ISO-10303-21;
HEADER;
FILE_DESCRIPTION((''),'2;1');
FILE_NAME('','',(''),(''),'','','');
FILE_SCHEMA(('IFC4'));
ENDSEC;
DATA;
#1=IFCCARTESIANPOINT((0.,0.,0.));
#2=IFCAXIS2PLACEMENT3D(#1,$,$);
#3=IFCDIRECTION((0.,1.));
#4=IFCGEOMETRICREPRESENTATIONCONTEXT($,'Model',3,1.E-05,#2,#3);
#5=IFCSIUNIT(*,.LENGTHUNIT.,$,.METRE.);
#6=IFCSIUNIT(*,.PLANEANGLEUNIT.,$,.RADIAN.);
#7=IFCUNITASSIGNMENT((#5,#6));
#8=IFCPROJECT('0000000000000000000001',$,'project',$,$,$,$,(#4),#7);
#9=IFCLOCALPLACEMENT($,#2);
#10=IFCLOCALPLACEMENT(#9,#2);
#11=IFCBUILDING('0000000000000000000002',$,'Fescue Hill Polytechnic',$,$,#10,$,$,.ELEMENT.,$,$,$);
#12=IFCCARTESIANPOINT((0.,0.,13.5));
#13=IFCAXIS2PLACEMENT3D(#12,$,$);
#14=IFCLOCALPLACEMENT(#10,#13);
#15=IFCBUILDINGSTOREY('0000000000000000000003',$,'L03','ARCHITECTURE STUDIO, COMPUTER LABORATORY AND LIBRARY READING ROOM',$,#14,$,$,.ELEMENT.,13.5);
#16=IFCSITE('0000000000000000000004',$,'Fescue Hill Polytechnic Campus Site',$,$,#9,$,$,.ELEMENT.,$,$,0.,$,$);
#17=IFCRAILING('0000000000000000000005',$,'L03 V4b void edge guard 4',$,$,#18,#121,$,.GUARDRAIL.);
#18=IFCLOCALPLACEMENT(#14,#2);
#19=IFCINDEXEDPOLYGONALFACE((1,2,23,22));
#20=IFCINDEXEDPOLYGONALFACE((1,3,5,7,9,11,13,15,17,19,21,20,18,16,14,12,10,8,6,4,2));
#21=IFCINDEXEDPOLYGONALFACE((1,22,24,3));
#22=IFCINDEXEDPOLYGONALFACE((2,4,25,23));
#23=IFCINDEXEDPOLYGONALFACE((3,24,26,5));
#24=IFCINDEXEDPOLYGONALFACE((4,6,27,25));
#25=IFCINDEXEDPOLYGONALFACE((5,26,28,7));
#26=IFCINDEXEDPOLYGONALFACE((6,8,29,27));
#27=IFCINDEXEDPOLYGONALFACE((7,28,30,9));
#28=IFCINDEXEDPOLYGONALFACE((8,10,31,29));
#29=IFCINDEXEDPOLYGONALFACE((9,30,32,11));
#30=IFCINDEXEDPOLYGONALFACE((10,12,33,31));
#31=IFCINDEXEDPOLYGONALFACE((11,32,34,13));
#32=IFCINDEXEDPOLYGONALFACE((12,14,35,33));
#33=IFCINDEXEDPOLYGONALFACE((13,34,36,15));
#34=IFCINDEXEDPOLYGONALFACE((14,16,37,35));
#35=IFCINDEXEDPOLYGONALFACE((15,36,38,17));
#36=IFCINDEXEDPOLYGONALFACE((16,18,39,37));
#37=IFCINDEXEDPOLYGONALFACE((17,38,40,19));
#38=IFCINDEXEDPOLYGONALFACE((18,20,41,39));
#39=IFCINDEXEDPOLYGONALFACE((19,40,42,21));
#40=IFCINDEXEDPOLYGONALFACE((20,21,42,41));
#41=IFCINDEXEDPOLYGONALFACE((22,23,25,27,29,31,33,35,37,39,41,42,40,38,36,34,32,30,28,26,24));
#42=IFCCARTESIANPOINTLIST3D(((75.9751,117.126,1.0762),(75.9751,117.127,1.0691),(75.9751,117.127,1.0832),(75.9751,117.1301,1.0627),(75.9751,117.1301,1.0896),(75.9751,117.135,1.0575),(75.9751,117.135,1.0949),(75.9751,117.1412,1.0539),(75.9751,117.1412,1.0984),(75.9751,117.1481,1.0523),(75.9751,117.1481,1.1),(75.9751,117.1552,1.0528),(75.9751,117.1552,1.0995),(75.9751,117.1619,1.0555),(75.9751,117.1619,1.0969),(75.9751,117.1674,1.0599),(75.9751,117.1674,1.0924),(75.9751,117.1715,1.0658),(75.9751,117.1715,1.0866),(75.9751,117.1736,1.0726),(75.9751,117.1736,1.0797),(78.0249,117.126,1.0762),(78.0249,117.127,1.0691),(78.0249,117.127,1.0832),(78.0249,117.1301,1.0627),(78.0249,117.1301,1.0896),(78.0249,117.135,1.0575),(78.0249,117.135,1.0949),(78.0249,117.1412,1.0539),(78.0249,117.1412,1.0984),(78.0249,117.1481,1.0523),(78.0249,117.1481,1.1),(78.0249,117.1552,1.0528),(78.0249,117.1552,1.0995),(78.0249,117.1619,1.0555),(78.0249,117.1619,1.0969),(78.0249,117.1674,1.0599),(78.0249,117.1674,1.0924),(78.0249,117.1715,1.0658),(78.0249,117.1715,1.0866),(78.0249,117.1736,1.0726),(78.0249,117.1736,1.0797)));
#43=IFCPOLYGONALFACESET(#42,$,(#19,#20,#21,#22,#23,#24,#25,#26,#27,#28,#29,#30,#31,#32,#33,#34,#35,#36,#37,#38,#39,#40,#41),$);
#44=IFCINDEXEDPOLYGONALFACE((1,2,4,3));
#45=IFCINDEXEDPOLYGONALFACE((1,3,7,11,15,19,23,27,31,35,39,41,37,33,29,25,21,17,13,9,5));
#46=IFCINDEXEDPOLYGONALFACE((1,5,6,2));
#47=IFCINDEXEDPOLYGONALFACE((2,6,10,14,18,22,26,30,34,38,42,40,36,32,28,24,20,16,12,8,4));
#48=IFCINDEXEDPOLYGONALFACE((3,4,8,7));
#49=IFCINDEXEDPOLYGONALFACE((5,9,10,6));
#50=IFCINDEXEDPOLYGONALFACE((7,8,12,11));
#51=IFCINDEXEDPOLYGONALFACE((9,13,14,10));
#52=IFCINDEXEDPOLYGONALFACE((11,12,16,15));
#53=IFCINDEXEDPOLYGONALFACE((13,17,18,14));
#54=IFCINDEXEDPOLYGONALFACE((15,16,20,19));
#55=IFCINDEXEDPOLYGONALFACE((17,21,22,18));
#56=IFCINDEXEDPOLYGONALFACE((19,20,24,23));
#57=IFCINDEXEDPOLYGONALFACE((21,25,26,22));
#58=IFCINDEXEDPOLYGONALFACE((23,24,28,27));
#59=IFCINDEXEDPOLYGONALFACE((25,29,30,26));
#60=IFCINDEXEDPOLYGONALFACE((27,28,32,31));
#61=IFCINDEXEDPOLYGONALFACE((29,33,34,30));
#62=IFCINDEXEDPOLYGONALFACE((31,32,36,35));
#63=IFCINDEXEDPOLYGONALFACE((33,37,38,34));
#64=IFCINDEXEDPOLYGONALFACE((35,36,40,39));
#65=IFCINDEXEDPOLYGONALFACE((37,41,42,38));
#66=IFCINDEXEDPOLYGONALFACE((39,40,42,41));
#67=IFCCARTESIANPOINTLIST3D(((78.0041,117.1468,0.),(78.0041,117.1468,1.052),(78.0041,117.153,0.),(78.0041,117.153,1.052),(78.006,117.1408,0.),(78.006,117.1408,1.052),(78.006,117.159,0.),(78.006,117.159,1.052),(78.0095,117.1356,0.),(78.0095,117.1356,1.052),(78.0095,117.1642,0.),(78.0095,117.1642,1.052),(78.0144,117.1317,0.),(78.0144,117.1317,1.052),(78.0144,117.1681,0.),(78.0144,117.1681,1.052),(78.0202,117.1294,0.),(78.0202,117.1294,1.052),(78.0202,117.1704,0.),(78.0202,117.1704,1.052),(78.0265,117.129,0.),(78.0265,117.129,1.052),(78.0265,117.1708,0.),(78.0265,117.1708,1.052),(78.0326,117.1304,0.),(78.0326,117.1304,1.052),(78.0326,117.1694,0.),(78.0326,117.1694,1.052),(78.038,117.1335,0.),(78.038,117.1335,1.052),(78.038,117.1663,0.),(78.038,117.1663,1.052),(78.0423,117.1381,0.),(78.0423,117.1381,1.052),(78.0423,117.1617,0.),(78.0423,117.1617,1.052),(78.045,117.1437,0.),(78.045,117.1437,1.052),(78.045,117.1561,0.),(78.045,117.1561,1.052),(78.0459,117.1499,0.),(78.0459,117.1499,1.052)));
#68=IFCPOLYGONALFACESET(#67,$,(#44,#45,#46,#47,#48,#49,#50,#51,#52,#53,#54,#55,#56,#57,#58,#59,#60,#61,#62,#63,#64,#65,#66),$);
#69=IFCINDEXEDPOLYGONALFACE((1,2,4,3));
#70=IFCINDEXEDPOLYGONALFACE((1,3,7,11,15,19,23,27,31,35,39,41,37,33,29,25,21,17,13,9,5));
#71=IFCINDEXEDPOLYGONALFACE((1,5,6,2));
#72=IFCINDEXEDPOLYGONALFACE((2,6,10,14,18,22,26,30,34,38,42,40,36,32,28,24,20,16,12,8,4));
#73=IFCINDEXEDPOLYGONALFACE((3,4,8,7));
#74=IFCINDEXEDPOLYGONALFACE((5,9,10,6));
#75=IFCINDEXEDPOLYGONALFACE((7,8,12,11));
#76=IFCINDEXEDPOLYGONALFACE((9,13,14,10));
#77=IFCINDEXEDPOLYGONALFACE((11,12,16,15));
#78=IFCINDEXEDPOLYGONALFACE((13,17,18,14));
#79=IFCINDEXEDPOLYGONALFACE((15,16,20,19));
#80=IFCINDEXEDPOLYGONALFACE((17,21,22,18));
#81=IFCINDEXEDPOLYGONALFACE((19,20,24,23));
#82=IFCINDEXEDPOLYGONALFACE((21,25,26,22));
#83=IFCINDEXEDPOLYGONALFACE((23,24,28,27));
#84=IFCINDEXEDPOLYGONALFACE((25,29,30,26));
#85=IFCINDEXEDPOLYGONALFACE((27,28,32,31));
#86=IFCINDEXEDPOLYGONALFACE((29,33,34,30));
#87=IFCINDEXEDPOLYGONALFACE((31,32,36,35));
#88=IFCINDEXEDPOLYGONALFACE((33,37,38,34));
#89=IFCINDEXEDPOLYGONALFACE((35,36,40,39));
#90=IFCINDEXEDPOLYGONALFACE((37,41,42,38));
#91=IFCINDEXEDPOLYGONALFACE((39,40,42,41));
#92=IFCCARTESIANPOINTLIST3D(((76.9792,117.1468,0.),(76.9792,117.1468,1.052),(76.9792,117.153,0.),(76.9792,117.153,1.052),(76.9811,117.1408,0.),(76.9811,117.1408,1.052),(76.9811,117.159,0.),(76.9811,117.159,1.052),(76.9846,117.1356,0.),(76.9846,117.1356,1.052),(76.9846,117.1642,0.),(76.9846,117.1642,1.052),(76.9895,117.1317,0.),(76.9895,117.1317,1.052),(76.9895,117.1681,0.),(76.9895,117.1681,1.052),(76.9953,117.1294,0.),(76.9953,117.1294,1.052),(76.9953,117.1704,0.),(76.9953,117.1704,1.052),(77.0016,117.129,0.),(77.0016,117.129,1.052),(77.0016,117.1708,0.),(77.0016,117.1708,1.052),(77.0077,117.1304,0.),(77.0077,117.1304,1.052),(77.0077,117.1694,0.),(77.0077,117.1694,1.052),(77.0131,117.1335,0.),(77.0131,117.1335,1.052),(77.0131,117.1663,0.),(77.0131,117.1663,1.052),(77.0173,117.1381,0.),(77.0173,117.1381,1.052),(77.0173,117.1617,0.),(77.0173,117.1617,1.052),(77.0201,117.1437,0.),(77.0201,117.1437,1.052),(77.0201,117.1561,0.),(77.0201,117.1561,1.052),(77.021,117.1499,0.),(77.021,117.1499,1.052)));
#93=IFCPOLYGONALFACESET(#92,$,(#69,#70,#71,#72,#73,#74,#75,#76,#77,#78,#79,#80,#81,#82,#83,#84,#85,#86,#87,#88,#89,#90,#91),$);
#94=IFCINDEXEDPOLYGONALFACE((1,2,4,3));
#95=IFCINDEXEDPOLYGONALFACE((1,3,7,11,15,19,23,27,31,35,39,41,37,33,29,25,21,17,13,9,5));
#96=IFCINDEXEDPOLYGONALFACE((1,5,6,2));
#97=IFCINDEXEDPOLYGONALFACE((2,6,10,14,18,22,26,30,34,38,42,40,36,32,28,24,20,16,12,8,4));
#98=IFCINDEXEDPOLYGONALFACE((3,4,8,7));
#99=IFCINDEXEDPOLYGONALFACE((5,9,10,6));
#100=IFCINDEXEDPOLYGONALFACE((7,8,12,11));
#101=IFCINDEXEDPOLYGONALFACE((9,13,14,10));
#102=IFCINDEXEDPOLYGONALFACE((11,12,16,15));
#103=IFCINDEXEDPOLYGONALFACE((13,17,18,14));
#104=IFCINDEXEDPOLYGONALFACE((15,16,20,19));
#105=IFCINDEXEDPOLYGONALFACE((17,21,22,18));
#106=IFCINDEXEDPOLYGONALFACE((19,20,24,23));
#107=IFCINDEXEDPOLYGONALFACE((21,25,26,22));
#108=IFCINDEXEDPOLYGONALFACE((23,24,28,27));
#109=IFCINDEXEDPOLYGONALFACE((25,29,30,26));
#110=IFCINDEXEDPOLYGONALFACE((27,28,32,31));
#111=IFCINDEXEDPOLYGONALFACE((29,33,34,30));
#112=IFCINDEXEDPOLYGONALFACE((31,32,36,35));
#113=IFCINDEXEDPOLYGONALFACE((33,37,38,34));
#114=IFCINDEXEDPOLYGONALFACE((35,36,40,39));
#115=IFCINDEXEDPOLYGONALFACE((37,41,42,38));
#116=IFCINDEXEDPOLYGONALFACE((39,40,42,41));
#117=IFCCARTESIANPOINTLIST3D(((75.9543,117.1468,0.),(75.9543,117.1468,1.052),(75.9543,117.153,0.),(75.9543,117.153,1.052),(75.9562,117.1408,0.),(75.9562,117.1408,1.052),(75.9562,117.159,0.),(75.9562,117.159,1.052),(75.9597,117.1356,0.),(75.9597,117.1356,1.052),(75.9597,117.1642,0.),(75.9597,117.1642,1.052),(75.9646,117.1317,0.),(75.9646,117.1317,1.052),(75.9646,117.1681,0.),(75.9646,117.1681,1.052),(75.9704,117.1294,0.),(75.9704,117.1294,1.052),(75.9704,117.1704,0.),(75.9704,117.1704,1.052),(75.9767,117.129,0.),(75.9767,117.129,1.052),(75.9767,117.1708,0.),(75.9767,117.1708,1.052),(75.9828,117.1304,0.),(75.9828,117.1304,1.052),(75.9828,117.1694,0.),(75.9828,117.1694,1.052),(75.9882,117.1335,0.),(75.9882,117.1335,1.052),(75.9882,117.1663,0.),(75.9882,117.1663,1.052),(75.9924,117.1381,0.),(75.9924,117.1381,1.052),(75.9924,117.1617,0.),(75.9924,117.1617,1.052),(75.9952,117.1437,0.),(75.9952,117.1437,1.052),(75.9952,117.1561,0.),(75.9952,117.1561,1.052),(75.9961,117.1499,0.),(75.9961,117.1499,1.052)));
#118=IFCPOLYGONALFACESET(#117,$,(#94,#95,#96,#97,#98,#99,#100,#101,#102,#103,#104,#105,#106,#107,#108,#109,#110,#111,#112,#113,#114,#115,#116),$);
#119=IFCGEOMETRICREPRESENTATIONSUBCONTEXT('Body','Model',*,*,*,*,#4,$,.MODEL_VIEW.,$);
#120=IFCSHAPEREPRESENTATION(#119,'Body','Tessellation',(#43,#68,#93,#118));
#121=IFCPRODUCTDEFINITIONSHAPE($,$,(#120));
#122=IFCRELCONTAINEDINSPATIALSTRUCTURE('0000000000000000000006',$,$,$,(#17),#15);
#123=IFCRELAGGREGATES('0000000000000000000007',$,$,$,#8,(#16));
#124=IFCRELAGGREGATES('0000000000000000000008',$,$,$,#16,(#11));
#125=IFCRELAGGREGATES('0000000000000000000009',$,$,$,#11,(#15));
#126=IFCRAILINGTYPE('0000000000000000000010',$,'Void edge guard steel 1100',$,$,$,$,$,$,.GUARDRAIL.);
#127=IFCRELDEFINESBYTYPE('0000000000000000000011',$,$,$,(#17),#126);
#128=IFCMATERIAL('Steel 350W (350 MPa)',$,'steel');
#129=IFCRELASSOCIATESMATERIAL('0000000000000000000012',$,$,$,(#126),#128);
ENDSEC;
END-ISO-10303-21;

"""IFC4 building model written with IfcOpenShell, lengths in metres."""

from ifc_helpers import new_model, si_unit, direction, frame, origin, origin_2d, place, context, subcontext, project, spatial, circle, extrude, material, type_object, element, save


model = new_model("IFC4")

# Units and contexts
model_context = context("Model", 3, precision=1e-05, world=origin(), true_north=direction((0.0, 1.0)))
body_context = subcontext(model_context, "Body", "Model", "MODEL_VIEW")
ifc_project = project(units=[si_unit("LENGTHUNIT", "METRE"), si_unit("PLANEANGLEUNIT", "RADIAN")], contexts=[model_context])

# Site, building, storey
site_placement = place(None, origin())
site = spatial("IfcSite", under=ifc_project, at=site_placement, Name="Fescue Hill Polytechnic Campus Site", CompositionType="ELEMENT", RefElevation=0.0)
building_placement = place(site_placement, origin())
building = spatial("IfcBuilding", under=site, at=building_placement, Name="Fescue Hill Polytechnic", CompositionType="ELEMENT")
storey_placement = place(building_placement, frame((0.0, 0.0, 13.5)))
storey = spatial("IfcBuildingStorey", under=building, at=storey_placement, Name="L03", Description="ARCHITECTURE STUDIO, COMPUTER LABORATORY AND LIBRARY READING ROOM", CompositionType="ELEMENT", Elevation=13.5)

# Railing
ifc_material_1 = material(Name="Steel 350W (350 MPa)", Category="steel")
railing_type_1 = type_object("IfcRailingType", Name="Void edge guard steel 1100", PredefinedType="GUARDRAIL", material=ifc_material_1)
railing_1_placement = place(storey_placement, frame((78.0249, 117.1499, 0.0)))
element("IfcRailing", 1, at=railing_1_placement, inside=storey, type_object=railing_type_1, Name="L03 V4b void edge guard 4", PredefinedType="GUARDRAIL", context=body_context, shape_type="SweptSolid", body=[
    extrude(circle(Radius=0.0239, at=origin_2d()), frame((0.0, 0.0, 1.0762), z_axis=(-1.0, 0.0, 0.0), x_axis=(0.0, -1.0, 0.0)), (0.0, 0.0, 1.0), 2.0498),
    extrude(circle(Radius=0.021, at=origin_2d()), origin(), (0.0, 0.0, 1.0), 1.052),
    extrude(circle(Radius=0.021, at=origin_2d()), frame((-1.0249, 0.0, 0.0)), (0.0, 0.0, 1.0), 1.052),
    extrude(circle(Radius=0.021, at=origin_2d()), frame((-2.0498, 0.0, 0.0)), (0.0, 0.0, 1.0), 1.052),
])

save(model, "model.ifc")
